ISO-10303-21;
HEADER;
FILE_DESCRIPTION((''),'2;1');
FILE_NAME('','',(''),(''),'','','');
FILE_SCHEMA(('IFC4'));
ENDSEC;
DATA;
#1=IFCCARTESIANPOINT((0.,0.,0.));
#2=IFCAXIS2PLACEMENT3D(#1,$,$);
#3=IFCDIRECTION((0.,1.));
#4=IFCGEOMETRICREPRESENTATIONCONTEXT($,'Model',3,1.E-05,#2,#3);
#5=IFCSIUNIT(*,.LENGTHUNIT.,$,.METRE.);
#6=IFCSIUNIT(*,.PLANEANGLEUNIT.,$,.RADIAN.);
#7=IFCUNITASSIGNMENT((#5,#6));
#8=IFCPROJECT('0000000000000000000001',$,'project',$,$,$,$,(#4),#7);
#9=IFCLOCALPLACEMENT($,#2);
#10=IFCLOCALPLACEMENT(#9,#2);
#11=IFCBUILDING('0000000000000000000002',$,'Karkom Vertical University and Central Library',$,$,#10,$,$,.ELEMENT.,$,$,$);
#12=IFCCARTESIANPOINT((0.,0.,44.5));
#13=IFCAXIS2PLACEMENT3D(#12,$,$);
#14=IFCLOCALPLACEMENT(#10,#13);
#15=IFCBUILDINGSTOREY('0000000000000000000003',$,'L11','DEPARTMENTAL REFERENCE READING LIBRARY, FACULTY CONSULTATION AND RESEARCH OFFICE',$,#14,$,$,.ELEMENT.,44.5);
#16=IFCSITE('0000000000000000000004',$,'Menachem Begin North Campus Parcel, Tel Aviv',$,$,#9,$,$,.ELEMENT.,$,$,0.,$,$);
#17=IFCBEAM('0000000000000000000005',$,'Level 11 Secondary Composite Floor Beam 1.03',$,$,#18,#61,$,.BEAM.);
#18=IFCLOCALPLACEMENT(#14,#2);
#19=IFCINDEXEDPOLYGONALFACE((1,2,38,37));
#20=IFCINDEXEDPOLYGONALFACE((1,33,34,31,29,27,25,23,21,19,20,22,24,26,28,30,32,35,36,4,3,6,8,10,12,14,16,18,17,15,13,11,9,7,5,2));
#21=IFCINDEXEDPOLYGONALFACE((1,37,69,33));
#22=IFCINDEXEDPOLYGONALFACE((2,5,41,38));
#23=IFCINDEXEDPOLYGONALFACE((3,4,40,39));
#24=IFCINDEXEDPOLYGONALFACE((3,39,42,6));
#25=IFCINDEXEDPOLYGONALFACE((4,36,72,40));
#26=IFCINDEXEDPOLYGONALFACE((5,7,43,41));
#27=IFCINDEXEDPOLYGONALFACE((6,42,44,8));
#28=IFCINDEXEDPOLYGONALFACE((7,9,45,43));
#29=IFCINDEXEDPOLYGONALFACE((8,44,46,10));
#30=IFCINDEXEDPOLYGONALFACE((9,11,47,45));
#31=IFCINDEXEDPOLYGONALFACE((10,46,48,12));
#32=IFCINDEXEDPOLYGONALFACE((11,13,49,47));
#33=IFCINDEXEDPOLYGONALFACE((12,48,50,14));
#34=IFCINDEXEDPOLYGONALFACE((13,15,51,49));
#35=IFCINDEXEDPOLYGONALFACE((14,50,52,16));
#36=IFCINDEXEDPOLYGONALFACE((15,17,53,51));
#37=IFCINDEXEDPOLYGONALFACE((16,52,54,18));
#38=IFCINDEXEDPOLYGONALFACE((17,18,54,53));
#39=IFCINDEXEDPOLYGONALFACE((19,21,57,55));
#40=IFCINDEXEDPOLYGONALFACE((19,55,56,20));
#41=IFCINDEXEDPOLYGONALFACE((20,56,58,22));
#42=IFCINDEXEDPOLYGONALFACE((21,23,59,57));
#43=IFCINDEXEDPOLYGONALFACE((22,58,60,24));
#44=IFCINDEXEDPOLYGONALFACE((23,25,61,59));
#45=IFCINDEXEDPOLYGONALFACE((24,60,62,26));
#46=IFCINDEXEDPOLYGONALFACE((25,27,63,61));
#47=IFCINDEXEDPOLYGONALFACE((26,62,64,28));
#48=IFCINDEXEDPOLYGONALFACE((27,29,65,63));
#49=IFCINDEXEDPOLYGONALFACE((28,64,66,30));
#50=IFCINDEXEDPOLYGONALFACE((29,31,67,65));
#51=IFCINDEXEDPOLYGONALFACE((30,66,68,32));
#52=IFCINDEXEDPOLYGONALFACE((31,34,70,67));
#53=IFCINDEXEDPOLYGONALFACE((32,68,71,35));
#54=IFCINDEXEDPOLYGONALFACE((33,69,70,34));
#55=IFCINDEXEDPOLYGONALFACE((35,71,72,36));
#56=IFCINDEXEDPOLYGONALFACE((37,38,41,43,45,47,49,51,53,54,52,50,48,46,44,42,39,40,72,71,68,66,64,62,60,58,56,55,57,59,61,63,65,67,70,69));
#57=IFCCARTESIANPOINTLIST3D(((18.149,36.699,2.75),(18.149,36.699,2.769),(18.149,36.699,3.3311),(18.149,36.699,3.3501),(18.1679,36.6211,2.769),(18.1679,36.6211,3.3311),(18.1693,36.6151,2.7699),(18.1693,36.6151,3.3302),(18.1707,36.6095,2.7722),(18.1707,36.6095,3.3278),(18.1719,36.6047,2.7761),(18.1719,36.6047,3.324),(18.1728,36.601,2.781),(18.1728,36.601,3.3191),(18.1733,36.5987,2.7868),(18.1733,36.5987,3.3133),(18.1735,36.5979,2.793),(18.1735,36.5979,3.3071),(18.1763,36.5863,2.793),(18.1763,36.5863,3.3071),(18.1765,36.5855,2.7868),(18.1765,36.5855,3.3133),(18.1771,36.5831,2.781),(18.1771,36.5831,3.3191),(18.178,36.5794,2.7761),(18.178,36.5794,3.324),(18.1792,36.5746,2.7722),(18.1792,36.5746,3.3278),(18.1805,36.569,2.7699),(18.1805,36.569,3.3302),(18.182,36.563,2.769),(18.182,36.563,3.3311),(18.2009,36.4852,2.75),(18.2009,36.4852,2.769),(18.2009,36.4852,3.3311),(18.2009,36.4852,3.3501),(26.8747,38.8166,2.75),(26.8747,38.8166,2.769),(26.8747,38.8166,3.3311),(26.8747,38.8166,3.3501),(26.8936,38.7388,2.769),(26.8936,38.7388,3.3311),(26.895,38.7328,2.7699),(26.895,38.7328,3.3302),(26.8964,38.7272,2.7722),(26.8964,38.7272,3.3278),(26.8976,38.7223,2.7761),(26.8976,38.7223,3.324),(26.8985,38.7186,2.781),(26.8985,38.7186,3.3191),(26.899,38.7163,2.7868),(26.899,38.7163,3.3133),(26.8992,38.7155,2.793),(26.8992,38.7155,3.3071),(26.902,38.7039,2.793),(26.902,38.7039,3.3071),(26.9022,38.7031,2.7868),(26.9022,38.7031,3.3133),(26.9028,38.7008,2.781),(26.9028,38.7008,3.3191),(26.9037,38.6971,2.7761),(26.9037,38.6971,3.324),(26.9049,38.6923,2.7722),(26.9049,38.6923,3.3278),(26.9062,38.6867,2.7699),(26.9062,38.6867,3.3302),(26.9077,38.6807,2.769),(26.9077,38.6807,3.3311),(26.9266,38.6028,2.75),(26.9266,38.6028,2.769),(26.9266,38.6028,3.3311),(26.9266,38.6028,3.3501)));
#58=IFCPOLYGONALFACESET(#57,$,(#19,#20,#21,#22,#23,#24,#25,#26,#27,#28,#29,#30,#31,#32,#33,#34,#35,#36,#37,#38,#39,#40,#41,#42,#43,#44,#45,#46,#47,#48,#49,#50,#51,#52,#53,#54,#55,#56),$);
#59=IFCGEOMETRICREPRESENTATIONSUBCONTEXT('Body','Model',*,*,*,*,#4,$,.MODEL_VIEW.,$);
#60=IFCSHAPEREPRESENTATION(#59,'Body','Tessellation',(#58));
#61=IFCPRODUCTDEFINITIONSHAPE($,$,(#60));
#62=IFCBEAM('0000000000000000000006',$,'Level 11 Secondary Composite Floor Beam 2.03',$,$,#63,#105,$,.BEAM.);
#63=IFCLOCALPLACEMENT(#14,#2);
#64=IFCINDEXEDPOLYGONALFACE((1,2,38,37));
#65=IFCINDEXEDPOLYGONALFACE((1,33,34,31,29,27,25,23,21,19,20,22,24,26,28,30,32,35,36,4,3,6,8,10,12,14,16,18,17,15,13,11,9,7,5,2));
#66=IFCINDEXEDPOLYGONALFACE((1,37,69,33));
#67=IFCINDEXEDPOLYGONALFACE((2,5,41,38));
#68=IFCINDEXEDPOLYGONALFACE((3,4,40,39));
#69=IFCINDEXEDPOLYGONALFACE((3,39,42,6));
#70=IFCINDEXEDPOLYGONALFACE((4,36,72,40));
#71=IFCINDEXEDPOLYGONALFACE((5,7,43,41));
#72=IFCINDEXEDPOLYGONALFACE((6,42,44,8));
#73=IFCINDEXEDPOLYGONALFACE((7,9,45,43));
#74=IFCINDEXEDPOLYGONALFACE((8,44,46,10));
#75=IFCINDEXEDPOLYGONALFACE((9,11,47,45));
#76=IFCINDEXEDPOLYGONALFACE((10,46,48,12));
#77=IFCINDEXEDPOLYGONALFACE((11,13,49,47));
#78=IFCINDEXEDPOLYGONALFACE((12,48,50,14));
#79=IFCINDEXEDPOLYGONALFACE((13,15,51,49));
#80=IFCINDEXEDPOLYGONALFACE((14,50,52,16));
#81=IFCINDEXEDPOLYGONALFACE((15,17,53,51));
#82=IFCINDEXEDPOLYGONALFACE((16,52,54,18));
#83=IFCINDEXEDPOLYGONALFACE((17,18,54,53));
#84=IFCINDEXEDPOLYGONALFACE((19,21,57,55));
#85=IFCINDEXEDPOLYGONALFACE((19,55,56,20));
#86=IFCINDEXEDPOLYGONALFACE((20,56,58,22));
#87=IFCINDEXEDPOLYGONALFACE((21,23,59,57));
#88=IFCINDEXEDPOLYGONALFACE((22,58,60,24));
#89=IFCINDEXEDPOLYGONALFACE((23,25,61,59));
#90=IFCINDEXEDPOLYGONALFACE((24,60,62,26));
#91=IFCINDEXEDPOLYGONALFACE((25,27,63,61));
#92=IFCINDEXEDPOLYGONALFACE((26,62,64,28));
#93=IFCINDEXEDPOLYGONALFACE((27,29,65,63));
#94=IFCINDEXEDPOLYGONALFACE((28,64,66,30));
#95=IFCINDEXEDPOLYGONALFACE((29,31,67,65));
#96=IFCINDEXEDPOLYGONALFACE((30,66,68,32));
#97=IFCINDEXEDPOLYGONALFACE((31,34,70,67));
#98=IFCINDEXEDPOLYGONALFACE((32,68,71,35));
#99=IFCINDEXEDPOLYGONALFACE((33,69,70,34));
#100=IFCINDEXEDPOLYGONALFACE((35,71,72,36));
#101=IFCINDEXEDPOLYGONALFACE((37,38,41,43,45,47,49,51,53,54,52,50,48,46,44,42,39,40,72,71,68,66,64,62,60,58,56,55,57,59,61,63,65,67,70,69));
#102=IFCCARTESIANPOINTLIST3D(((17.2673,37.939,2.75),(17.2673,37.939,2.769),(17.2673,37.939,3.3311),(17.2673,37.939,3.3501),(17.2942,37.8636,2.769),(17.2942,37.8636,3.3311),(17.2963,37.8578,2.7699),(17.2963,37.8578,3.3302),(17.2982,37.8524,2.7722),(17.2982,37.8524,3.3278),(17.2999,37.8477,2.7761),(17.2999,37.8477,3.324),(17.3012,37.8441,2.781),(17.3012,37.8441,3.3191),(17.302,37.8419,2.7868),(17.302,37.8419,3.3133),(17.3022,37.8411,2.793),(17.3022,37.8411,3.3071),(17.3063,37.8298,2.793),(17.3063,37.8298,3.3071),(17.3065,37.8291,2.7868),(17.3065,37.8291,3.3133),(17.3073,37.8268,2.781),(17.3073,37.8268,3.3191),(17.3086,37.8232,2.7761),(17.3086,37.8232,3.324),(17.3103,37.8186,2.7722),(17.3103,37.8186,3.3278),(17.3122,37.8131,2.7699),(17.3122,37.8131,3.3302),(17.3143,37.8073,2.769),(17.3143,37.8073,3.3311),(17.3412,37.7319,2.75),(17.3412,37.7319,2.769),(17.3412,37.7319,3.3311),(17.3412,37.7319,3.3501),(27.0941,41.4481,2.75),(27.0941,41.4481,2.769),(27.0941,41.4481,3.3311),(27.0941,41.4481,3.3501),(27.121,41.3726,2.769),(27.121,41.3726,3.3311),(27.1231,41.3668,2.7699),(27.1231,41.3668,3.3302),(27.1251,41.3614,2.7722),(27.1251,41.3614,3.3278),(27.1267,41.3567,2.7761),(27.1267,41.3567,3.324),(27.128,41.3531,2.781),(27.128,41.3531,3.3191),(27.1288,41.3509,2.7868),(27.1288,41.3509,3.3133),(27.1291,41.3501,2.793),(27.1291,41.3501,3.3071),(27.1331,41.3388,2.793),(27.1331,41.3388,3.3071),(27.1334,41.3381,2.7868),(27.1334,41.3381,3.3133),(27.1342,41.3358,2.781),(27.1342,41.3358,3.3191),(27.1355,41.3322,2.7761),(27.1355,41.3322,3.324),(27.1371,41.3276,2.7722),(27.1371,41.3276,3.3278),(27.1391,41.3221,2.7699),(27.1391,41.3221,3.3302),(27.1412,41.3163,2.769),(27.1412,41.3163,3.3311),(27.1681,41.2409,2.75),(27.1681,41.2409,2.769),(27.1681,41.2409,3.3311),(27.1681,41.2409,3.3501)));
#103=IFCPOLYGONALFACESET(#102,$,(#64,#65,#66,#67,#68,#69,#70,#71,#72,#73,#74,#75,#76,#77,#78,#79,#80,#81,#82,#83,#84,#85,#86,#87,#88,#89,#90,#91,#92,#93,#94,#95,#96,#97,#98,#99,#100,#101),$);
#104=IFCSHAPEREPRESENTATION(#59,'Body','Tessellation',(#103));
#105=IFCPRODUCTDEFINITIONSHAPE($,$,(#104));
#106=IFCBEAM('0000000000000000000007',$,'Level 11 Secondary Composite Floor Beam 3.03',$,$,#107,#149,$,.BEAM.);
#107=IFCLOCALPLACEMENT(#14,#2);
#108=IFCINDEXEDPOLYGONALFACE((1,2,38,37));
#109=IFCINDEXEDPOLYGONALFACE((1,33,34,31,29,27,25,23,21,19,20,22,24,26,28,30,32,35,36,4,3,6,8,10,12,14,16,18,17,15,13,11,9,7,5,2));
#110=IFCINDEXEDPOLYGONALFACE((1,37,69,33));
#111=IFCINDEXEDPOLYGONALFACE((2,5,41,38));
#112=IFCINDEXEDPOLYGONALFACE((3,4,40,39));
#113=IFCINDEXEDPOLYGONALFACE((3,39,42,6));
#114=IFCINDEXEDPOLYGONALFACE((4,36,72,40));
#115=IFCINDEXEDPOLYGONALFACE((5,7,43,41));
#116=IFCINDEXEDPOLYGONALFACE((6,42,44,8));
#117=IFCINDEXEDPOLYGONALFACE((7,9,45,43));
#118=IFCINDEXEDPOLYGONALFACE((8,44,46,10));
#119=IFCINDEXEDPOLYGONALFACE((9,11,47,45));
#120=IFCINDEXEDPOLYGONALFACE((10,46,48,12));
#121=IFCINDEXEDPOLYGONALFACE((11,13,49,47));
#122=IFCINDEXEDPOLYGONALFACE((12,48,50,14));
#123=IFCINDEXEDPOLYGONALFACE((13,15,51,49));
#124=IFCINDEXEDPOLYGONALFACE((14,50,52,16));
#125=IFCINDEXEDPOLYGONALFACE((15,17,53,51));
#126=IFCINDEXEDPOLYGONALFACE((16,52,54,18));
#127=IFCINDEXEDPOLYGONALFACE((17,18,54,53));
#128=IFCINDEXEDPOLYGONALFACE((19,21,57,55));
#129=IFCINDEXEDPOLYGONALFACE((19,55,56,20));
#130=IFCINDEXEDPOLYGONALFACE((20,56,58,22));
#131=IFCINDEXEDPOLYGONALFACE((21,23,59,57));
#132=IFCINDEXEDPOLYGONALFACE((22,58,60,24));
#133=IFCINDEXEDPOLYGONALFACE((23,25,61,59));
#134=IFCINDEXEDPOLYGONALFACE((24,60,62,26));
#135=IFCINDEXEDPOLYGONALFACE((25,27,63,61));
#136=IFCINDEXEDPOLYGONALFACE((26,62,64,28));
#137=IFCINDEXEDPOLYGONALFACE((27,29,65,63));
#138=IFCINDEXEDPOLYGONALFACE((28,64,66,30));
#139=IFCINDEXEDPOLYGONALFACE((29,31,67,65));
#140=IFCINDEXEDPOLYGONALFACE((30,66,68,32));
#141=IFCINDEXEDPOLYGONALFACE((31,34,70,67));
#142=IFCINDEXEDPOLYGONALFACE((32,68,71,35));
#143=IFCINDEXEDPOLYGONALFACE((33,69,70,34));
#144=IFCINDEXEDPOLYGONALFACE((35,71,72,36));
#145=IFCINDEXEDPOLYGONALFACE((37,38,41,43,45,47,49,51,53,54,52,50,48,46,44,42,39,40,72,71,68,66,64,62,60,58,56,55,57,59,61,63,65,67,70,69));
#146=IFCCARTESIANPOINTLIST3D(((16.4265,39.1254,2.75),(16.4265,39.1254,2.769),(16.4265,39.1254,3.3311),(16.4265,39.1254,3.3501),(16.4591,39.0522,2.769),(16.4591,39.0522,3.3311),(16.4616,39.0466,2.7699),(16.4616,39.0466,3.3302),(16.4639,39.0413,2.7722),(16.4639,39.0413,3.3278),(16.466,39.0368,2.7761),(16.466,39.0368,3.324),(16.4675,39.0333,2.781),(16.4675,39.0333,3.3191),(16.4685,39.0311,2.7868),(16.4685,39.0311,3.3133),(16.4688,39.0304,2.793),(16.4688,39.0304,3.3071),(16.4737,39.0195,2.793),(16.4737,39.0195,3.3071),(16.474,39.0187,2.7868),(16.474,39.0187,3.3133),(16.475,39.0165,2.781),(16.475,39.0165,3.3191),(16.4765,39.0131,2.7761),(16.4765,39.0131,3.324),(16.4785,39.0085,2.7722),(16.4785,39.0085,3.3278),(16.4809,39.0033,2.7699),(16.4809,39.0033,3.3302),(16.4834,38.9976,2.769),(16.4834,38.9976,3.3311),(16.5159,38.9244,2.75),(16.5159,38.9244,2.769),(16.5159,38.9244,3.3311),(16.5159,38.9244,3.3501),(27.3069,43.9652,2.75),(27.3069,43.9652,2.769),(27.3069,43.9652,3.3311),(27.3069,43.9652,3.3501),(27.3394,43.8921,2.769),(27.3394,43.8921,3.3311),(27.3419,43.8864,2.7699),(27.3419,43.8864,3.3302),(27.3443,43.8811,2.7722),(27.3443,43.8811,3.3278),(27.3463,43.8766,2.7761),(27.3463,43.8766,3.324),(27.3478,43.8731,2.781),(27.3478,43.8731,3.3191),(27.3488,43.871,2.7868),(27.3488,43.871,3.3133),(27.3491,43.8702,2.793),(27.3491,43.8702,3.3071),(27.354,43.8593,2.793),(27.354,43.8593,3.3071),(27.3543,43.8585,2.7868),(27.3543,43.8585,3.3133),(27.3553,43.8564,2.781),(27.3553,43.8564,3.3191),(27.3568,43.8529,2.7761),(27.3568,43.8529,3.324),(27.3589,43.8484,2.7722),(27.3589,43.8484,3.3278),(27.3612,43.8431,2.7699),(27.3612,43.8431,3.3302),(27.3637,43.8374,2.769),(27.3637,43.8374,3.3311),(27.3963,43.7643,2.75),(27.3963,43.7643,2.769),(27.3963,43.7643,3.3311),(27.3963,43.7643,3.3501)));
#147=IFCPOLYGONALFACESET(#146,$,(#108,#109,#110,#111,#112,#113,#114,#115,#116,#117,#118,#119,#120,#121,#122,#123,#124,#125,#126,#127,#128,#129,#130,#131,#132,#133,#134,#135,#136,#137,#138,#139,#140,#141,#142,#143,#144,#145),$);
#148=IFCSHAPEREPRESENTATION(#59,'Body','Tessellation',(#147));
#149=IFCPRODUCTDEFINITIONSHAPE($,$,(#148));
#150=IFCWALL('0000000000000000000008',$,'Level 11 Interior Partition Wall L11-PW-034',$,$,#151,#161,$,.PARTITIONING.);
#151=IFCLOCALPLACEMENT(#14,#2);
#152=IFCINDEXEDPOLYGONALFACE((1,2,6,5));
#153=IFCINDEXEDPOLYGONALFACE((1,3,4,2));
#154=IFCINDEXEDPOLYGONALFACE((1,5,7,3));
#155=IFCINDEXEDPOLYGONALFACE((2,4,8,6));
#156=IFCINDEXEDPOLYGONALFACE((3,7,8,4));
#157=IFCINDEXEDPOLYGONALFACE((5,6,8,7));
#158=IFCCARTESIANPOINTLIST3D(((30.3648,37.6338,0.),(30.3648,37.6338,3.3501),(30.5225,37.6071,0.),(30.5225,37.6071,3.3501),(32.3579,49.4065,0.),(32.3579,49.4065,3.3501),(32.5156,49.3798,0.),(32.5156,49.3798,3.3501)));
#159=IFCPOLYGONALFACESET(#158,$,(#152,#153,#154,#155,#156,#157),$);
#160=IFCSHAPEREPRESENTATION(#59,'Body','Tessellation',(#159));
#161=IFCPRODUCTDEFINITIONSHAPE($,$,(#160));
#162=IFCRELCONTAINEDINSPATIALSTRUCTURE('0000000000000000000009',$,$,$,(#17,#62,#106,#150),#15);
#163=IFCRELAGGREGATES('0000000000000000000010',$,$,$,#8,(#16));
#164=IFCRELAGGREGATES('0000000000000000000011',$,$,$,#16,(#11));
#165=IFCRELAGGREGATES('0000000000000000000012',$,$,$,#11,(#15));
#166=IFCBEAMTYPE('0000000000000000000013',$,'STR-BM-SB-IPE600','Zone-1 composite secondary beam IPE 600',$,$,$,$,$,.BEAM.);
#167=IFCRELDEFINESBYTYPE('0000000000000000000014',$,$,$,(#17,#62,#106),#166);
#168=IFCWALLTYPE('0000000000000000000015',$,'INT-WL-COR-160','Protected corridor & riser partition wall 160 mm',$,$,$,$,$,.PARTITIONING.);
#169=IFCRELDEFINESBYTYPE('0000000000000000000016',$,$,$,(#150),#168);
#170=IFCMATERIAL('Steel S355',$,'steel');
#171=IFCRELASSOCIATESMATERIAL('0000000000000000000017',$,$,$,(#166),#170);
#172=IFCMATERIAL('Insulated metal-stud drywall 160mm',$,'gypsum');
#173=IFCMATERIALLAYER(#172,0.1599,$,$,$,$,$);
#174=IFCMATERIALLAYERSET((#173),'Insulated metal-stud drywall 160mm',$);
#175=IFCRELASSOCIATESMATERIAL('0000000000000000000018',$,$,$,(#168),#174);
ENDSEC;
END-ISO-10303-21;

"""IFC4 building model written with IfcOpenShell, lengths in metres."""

from ifc_helpers import new_model, si_unit, direction, frame, frame_2d, origin, origin_with_axes, origin_2d, place, context, subcontext, project, spatial, rectangle, i_section, extrude, source, transform, mapped, material, layer, layer_set, material_profile, profile_set, type_object, element, save


model = new_model("IFC4")

# Units and contexts
model_context = context("Model", 3, precision=1e-05, world=origin(), true_north=direction((0.0, 1.0)))
body_context = subcontext(model_context, "Body", "Model", "MODEL_VIEW")
ifc_project = project(units=[si_unit("LENGTHUNIT", "METRE"), si_unit("PLANEANGLEUNIT", "RADIAN")], contexts=[model_context])

# Site, building, storey
site_placement = place(None, origin())
site = spatial("IfcSite", under=ifc_project, at=site_placement, Name="Menachem Begin North Campus Parcel, Tel Aviv", CompositionType="ELEMENT", RefElevation=0.0)
building_placement = place(site_placement, origin())
building = spatial("IfcBuilding", under=site, at=building_placement, Name="Karkom Vertical University and Central Library", CompositionType="ELEMENT")
storey_placement = place(building_placement, frame((0.0, 0.0, 44.5)))
storey = spatial("IfcBuildingStorey", under=building, at=storey_placement, Name="L11", Description="DEPARTMENTAL REFERENCE READING LIBRARY, FACULTY CONSULTATION AND RESEARCH OFFICE", CompositionType="ELEMENT", Elevation=44.5)

# Beams
ifc_material_1 = material(Name="Steel S355", Category="steel")
ifc_material_profile_1 = material_profile(ifc_material_1, i_section(OverallWidth=0.22, OverallDepth=0.6001, WebThickness=0.012, FlangeThickness=0.019, FilletRadius=0.0239, at=origin_2d()), Name="IPE 600")
ifc_profile_set_1 = profile_set([ifc_material_profile_1], Name="Steel S355")
beam_type_1 = type_object("IfcBeamType", Name="STR-BM-SB-IPE600", Description="Zone-1 composite secondary beam IPE 600", PredefinedType="BEAM", material=ifc_profile_set_1)
shared_shape_1 = source(origin_with_axes(), body_context, "Body", "SweptSolid", [
    extrude(i_section(OverallWidth=0.22, OverallDepth=0.6001, WebThickness=0.012, FlangeThickness=0.019, FilletRadius=0.0239, at=origin_2d()), origin(), (0.0, 0.0, 1.0), 8.979),
])
beam_1_placement = place(storey_placement, frame((26.9006, 38.7097, 3.05), z_axis=(-0.971791, -0.235844, 0.0), x_axis=(0.235844, -0.971791, 0.0)))
element("IfcBeam", 1, at=beam_1_placement, inside=storey, type_object=beam_type_1, Name="Level 11 Secondary Composite Floor Beam 1.03", PredefinedType="BEAM", context=body_context, shape_type="MappedRepresentation", body=[
    mapped(shared_shape_1, transform((0.0, 0.0, 0.0), scale=1.0)),
])
shared_shape_2 = source(origin_with_axes(), body_context, "Body", "SweptSolid", [
    extrude(i_section(OverallWidth=0.22, OverallDepth=0.6001, WebThickness=0.012, FlangeThickness=0.019, FilletRadius=0.0239, at=origin_2d()), origin(), (0.0, 0.0, 1.0), 10.4346),
])
beam_2_placement = place(storey_placement, frame((27.1311, 41.3445, 3.05), z_axis=(-0.941759, -0.336287, 0.0), x_axis=(0.336287, -0.941759, 0.0)))
element("IfcBeam", 2, at=beam_2_placement, inside=storey, type_object=beam_type_1, Name="Level 11 Secondary Composite Floor Beam 2.03", PredefinedType="BEAM", context=body_context, shape_type="MappedRepresentation", body=[
    mapped(shared_shape_2, transform((0.0, 0.0, 0.0), scale=1.0)),
])
shared_shape_3 = source(origin_with_axes(), body_context, "Body", "SweptSolid", [
    extrude(i_section(OverallWidth=0.22, OverallDepth=0.6001, WebThickness=0.012, FlangeThickness=0.019, FilletRadius=0.0239, at=origin_2d()), origin(), (0.0, 0.0, 1.0), 11.9082),
])
beam_3_placement = place(storey_placement, frame((27.3516, 43.8647, 3.05), z_axis=(-0.913683, -0.406428, 0.0), x_axis=(0.406428, -0.913683, 0.0)))
element("IfcBeam", 3, at=beam_3_placement, inside=storey, type_object=beam_type_1, Name="Level 11 Secondary Composite Floor Beam 3.03", PredefinedType="BEAM", context=body_context, shape_type="MappedRepresentation", body=[
    mapped(shared_shape_3, transform((0.0, 0.0, 0.0), scale=1.0)),
])

# Wall
ifc_material_2 = material(Name="Insulated metal-stud drywall 160mm", Category="gypsum")
ifc_layer_1 = layer(ifc_material_2, 0.1599)
ifc_layer_set_1 = layer_set([ifc_layer_1], Name="Insulated metal-stud drywall 160mm")
wall_type_1 = type_object("IfcWallType", Name="INT-WL-COR-160", Description="Protected corridor & riser partition wall 160 mm", PredefinedType="PARTITIONING", material=ifc_layer_set_1)
wall_1_placement = place(storey_placement, frame((30.4436, 37.6204, 0.0), z_axis=(0.0, 0.0, 1.0), x_axis=(0.166928, 0.985969, 0.0)))
element("IfcWall", 4, at=wall_1_placement, inside=storey, type_object=wall_type_1, Name="Level 11 Interior Partition Wall L11-PW-034", PredefinedType="PARTITIONING", context=body_context, shape_type="SweptSolid", body=[
    extrude(rectangle(XDim=11.9402, YDim=0.1599, at=frame_2d((5.9702, 0.0))), origin(), (0.0, 0.0, 1.0), 3.3501),
])

save(model, "model.ifc")
